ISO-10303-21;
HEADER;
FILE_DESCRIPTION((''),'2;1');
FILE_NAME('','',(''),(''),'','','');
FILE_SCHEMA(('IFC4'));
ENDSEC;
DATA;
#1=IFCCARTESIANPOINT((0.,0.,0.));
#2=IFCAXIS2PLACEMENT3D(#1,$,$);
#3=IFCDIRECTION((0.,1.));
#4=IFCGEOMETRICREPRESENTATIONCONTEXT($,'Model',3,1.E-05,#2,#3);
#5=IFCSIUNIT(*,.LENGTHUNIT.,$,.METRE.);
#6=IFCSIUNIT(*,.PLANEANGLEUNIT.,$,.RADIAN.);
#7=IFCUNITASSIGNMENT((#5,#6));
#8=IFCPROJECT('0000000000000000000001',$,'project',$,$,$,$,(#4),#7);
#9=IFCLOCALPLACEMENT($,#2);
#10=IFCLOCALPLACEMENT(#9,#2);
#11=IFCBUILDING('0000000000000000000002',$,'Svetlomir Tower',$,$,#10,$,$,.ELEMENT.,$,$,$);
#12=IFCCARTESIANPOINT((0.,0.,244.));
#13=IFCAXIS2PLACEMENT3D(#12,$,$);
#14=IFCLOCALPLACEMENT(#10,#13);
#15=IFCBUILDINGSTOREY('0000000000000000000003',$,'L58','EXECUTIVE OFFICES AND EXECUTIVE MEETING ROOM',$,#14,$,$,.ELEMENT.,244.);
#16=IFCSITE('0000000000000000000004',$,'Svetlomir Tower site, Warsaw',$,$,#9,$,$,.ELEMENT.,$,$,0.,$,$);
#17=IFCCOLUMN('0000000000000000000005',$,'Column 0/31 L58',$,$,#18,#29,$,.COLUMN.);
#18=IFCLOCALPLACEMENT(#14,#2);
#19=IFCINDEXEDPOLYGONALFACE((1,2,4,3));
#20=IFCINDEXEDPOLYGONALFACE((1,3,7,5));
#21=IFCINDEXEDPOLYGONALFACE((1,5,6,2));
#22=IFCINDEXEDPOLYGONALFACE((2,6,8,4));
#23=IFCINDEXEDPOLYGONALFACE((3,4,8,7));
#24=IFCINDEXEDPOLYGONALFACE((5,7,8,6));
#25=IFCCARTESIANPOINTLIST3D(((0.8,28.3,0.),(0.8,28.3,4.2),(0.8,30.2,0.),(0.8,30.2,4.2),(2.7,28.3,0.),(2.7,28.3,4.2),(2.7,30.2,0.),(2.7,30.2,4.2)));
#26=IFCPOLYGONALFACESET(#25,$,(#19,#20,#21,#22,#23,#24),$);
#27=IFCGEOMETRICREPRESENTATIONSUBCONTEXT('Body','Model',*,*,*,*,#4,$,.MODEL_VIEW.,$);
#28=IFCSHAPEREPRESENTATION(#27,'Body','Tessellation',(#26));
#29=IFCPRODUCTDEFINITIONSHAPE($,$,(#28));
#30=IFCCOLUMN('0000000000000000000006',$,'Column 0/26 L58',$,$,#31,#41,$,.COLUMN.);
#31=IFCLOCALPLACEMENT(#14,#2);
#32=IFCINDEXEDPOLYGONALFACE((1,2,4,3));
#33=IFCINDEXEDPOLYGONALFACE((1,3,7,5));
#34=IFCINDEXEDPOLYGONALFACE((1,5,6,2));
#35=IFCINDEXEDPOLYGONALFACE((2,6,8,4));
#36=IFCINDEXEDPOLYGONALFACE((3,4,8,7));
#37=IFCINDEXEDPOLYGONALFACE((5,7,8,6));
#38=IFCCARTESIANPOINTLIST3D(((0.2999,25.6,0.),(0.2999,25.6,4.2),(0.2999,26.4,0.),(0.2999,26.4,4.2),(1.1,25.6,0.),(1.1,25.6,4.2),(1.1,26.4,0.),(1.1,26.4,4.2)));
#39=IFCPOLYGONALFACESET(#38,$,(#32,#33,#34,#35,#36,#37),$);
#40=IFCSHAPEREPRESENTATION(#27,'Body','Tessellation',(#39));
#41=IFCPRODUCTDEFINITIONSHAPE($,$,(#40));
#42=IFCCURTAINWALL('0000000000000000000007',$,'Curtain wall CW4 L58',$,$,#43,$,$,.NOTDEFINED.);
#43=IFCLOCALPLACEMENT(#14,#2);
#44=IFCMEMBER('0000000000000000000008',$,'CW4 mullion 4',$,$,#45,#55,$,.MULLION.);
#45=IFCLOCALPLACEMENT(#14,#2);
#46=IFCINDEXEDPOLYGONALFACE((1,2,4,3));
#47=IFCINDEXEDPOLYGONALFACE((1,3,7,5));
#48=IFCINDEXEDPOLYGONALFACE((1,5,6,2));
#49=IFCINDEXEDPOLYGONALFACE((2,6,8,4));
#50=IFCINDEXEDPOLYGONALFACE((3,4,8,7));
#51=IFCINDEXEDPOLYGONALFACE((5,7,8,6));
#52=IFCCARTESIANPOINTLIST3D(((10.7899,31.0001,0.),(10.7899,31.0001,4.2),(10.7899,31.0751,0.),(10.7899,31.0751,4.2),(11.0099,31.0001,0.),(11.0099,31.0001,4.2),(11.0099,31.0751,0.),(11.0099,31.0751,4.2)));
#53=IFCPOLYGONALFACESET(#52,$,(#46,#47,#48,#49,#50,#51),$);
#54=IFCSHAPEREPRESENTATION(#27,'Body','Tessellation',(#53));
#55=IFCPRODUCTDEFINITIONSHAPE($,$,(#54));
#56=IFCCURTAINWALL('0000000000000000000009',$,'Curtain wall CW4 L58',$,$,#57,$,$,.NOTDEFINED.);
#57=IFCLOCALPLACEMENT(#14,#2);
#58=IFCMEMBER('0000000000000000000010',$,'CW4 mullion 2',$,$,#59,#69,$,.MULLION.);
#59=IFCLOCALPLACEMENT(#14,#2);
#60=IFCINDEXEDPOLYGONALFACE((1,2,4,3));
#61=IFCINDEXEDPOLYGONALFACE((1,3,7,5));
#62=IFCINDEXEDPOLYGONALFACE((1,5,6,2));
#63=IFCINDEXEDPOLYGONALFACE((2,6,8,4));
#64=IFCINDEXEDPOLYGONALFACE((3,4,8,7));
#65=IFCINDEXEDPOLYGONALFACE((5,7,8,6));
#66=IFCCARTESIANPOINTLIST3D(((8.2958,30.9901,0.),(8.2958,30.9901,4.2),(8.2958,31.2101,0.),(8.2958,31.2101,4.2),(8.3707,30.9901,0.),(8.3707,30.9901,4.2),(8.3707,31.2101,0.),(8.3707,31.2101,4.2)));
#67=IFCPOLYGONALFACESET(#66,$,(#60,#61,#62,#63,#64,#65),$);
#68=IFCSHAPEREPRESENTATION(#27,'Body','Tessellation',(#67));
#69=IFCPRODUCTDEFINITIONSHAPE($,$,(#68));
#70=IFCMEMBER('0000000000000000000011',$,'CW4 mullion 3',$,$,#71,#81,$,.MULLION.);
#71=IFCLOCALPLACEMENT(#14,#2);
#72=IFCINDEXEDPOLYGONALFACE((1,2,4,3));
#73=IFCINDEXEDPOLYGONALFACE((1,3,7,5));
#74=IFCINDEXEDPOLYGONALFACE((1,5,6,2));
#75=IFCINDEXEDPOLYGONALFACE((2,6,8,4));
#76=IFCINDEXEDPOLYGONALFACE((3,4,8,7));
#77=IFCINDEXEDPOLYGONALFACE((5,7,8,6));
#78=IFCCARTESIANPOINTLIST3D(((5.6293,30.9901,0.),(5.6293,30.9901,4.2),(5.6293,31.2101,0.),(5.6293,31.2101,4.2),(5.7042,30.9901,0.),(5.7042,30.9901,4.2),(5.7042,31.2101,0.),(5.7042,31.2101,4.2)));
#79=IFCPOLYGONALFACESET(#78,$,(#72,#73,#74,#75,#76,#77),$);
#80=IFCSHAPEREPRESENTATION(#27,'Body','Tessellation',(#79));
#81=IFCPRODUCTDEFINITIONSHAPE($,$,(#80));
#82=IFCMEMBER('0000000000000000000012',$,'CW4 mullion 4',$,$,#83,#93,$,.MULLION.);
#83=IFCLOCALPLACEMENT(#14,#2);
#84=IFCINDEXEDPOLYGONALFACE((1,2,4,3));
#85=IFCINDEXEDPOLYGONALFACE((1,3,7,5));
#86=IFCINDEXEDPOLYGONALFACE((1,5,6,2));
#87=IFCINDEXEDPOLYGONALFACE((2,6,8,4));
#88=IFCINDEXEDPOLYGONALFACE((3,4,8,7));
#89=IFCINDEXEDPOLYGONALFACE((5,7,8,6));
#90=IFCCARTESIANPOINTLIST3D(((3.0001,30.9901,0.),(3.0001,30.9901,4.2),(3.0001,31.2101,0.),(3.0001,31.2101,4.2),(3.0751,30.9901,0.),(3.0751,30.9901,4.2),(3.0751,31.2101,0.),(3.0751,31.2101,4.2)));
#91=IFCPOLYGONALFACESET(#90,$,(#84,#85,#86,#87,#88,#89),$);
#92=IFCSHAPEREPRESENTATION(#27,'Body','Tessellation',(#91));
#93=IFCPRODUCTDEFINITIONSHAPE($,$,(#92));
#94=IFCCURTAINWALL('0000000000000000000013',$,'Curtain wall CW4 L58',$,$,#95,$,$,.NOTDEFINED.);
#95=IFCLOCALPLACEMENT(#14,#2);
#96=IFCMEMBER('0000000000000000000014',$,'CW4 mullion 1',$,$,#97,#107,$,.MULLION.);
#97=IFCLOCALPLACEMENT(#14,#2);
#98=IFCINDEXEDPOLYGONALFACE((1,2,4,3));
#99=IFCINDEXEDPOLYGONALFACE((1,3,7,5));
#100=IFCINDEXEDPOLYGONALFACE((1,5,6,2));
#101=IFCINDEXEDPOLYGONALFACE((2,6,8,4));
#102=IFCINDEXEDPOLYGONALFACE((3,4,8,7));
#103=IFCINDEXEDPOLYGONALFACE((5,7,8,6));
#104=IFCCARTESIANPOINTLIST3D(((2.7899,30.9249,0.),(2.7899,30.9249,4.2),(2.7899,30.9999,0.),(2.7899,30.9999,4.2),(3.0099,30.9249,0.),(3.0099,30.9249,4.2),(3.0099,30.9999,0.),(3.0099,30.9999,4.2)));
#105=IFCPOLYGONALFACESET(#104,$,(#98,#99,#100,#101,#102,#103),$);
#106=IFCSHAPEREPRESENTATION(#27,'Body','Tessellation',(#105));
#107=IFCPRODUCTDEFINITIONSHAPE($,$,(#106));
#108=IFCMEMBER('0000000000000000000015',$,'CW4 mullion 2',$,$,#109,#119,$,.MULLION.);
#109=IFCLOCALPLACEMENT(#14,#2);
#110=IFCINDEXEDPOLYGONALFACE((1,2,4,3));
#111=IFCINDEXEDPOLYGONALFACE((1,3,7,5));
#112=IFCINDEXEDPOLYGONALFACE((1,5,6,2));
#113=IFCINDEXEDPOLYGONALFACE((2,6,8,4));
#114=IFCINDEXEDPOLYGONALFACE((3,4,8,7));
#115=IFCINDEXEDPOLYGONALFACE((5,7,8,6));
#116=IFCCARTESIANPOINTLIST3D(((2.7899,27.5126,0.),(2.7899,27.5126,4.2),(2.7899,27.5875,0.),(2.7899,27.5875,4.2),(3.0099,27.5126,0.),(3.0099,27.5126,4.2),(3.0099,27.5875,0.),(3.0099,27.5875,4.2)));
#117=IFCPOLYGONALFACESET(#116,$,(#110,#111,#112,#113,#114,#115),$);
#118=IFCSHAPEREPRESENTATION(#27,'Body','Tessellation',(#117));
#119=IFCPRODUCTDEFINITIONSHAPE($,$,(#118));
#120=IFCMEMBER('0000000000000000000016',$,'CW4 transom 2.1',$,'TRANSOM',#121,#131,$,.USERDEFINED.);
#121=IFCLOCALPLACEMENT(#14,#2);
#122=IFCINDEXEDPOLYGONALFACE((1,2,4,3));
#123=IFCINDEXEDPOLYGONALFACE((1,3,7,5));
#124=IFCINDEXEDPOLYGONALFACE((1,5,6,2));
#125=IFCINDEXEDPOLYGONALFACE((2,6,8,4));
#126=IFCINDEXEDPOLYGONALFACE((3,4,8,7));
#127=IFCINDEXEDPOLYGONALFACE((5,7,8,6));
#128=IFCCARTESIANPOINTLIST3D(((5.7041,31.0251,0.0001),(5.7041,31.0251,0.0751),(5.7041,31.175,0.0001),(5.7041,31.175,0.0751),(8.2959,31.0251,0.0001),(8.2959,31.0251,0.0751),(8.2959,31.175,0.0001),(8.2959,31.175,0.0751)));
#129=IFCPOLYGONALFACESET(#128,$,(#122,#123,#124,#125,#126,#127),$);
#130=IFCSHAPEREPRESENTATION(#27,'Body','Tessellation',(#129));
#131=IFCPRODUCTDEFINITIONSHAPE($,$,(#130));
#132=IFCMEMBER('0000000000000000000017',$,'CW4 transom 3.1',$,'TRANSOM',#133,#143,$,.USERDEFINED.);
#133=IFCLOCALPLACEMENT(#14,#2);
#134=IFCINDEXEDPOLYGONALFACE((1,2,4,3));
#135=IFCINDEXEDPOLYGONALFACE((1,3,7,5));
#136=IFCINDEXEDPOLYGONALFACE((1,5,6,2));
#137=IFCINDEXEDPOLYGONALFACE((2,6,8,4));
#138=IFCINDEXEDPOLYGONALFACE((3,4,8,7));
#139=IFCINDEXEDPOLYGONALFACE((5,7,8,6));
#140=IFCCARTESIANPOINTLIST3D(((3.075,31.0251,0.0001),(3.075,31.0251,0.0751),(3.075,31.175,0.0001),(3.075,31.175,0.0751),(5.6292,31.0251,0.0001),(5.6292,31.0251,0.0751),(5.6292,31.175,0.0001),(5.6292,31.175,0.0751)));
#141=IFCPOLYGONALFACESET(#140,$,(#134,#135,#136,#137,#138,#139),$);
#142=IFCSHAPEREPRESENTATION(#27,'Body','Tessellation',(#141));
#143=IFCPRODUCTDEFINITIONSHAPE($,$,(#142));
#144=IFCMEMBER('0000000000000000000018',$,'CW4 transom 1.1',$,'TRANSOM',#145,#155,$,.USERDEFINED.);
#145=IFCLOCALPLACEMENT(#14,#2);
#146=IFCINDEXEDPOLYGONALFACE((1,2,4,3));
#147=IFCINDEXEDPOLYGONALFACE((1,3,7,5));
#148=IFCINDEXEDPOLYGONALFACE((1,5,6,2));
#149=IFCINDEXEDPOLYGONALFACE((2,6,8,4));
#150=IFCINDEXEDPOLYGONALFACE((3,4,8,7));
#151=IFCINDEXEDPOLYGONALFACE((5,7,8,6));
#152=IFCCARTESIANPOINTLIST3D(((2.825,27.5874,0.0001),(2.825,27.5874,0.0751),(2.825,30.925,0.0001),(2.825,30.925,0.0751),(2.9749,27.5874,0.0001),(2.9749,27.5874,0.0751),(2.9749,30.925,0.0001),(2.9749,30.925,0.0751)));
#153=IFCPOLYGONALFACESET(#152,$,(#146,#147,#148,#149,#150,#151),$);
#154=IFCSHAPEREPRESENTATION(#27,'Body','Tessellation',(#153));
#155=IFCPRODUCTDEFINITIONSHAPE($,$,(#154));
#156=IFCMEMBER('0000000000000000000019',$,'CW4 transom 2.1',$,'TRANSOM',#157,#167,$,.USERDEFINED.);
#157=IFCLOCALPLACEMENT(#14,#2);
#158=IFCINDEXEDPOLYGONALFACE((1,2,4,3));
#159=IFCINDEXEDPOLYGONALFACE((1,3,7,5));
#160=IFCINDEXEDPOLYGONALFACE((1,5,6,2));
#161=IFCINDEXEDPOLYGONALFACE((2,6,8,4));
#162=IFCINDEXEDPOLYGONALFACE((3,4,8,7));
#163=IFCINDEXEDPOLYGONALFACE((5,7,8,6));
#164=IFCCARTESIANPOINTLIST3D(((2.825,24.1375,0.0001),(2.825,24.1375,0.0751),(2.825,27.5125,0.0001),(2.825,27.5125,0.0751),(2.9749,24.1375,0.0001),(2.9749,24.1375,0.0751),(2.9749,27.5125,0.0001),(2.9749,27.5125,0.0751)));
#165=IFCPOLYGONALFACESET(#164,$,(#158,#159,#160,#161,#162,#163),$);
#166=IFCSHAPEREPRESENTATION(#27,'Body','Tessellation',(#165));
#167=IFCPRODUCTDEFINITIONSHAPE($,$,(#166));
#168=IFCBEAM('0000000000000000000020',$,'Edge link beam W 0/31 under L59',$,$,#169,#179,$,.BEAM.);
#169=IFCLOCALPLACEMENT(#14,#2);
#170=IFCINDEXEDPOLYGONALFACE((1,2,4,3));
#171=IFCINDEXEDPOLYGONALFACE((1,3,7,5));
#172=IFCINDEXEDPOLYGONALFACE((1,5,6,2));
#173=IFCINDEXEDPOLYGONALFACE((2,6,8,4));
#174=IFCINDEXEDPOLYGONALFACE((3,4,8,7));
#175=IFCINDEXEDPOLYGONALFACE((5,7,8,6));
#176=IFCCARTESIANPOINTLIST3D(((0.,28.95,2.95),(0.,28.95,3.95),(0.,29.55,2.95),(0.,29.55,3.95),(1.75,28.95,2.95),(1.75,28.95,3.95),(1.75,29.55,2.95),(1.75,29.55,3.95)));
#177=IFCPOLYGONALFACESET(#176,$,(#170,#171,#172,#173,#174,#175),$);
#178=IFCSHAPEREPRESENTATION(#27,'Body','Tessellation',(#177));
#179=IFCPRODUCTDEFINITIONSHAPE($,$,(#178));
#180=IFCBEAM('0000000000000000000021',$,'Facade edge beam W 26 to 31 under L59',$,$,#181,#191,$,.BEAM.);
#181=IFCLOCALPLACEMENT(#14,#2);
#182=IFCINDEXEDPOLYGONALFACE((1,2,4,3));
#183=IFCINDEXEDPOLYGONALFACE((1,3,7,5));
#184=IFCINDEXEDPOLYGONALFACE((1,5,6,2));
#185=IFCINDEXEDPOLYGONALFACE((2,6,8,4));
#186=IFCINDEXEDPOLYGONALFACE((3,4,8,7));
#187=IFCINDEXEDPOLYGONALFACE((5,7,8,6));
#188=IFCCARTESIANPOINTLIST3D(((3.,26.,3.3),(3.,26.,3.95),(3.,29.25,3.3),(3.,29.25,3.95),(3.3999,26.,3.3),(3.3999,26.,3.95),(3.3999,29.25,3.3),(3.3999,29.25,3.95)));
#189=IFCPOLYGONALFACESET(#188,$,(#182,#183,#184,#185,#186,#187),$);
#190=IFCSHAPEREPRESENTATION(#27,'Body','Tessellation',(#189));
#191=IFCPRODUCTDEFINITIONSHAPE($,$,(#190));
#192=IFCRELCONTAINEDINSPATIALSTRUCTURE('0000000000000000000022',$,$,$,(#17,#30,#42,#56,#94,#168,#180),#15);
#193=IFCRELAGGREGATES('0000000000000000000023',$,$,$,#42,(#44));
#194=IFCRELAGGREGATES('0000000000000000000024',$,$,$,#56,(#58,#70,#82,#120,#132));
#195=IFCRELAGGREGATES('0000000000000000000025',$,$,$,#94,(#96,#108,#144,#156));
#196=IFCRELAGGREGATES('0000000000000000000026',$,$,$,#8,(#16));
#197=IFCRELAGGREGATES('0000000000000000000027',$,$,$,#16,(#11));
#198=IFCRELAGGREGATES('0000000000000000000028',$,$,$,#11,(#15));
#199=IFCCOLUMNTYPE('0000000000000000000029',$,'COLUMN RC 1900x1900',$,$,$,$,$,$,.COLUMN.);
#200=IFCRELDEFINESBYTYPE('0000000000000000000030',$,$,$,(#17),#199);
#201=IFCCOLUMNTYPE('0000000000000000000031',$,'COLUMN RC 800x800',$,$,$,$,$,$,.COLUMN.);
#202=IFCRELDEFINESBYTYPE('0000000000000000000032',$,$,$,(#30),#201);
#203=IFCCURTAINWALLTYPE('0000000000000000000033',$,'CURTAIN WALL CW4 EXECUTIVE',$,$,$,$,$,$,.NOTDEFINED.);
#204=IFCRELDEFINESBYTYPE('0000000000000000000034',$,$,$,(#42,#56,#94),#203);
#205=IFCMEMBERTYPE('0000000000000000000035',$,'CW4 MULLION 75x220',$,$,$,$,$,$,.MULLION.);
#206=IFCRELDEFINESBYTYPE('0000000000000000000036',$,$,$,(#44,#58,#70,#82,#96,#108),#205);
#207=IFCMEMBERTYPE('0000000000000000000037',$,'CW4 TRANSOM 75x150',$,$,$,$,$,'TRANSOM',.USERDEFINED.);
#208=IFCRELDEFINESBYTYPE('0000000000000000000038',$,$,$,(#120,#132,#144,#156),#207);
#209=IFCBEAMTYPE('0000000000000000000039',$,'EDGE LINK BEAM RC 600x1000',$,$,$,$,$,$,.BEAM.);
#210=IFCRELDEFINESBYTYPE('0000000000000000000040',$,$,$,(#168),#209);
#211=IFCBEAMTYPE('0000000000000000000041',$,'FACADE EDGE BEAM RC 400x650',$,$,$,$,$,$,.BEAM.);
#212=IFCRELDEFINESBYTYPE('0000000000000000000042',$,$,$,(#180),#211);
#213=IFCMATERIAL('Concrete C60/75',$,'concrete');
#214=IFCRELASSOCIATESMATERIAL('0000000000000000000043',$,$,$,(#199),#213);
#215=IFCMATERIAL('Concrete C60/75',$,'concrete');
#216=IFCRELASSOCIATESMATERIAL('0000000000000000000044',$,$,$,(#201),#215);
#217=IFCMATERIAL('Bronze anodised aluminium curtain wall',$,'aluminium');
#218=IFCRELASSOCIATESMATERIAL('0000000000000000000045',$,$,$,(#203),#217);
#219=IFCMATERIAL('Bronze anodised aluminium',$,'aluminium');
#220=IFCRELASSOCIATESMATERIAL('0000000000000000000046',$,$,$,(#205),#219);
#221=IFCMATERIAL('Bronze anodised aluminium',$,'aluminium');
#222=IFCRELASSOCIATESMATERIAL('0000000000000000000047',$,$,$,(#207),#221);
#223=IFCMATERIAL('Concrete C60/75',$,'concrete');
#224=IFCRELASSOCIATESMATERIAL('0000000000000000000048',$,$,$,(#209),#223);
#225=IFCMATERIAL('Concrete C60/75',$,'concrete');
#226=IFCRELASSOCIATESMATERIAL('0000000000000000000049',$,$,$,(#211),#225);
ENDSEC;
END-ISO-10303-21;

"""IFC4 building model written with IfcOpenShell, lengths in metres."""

from ifc_helpers import new_model, si_unit, direction, frame, origin, origin_2d, place, context, subcontext, project, spatial, rectangle, extrude, material, material_profile, profile_set, type_object, element, aggregate, save


model = new_model("IFC4")

# Units and contexts
model_context = context("Model", 3, precision=1e-05, world=origin(), true_north=direction((0.0, 1.0)))
body_context = subcontext(model_context, "Body", "Model", "MODEL_VIEW")
ifc_project = project(units=[si_unit("LENGTHUNIT", "METRE"), si_unit("PLANEANGLEUNIT", "RADIAN")], contexts=[model_context])

# Site, building, storey
site_placement = place(None, origin())
site = spatial("IfcSite", under=ifc_project, at=site_placement, Name="Svetlomir Tower site, Warsaw", CompositionType="ELEMENT", RefElevation=0.0)
building_placement = place(site_placement, origin())
building = spatial("IfcBuilding", under=site, at=building_placement, Name="Svetlomir Tower", CompositionType="ELEMENT")
storey_placement = place(building_placement, frame((0.0, 0.0, 244.0)))
storey = spatial("IfcBuildingStorey", under=building, at=storey_placement, Name="L58", Description="EXECUTIVE OFFICES AND EXECUTIVE MEETING ROOM", CompositionType="ELEMENT", Elevation=244.0)

# Columns
ifc_material_1 = material(Name="Concrete C60/75", Category="concrete")
ifc_material_profile_1 = material_profile(ifc_material_1, rectangle(XDim=1.8999, YDim=1.8999, at=origin_2d()), Name="RC 1900x1900")
ifc_profile_set_1 = profile_set([ifc_material_profile_1], Name="Concrete C60/75")
column_type_1 = type_object("IfcColumnType", Name="COLUMN RC 1900x1900", PredefinedType="COLUMN", material=ifc_profile_set_1)
column_1_placement = place(storey_placement, frame((1.75, 29.25, 0.0), z_axis=(0.0, 0.0, 1.0), x_axis=(1.0, 0.0, 0.0)))
element("IfcColumn", 1, at=column_1_placement, inside=storey, type_object=column_type_1, Name="Column 0/31 L58", PredefinedType="COLUMN", context=body_context, shape_type="SweptSolid", body=[
    extrude(rectangle(XDim=1.8999, YDim=1.8999, at=origin_2d()), origin(), (0.0, 0.0, 1.0), 4.2),
])
ifc_material_2 = material(Name="Concrete C60/75", Category="concrete")
ifc_material_profile_2 = material_profile(ifc_material_2, rectangle(XDim=0.8, YDim=0.8, at=origin_2d()), Name="RC 800x800")
ifc_profile_set_2 = profile_set([ifc_material_profile_2], Name="Concrete C60/75")
column_type_2 = type_object("IfcColumnType", Name="COLUMN RC 800x800", PredefinedType="COLUMN", material=ifc_profile_set_2)
column_2_placement = place(storey_placement, frame((0.7, 26.0, 0.0), z_axis=(0.0, 0.0, 1.0), x_axis=(1.0, 0.0, 0.0)))
element("IfcColumn", 2, at=column_2_placement, inside=storey, type_object=column_type_2, Name="Column 0/26 L58", PredefinedType="COLUMN", context=body_context, shape_type="SweptSolid", body=[
    extrude(rectangle(XDim=0.8, YDim=0.8, at=origin_2d()), origin(), (0.0, 0.0, 1.0), 4.2),
])

# Curtain wall, member
ifc_material_3 = material(Name="Bronze anodised aluminium curtain wall", Category="aluminium")
curtain_wall_type = type_object("IfcCurtainWallType", Name="CURTAIN WALL CW4 EXECUTIVE", PredefinedType="NOTDEFINED", material=ifc_material_3)
curtain_wall_1_placement = place(storey_placement, origin())
curtain_wall_1 = element("IfcCurtainWall", 3, at=curtain_wall_1_placement, inside=storey, type_object=curtain_wall_type, Name="Curtain wall CW4 L58", PredefinedType="NOTDEFINED")
ifc_material_4 = material(Name="Bronze anodised aluminium", Category="aluminium")
ifc_material_profile_3 = material_profile(ifc_material_4, rectangle(XDim=0.075, YDim=0.22, at=origin_2d()), Name="AL 75x220")
ifc_profile_set_3 = profile_set([ifc_material_profile_3], Name="Bronze anodised aluminium 6063-T6")
member_type_1 = type_object("IfcMemberType", Name="CW4 MULLION 75x220", PredefinedType="MULLION", material=ifc_profile_set_3)
member_1_placement = place(storey_placement, frame((10.8999, 31.0376, 0.0), z_axis=(0.0, 0.0, 1.0), x_axis=(0.0, -1.0, 0.0)))
member_1 = element("IfcMember", 4, at=member_1_placement, type_object=member_type_1, Name="CW4 mullion 4", PredefinedType="MULLION", context=body_context, shape_type="SweptSolid", body=[
    extrude(rectangle(XDim=0.075, YDim=0.22, at=origin_2d()), origin(), (0.0, 0.0, 1.0), 4.2),
])
aggregate(curtain_wall_1, [member_1])

# Curtain walls, members
curtain_wall_2_placement = place(storey_placement, origin())
curtain_wall_2 = element("IfcCurtainWall", 5, at=curtain_wall_2_placement, inside=storey, type_object=curtain_wall_type, Name="Curtain wall CW4 L58", PredefinedType="NOTDEFINED")
member_2_placement = place(storey_placement, frame((8.3333, 31.1001, 0.0), z_axis=(0.0, 0.0, 1.0), x_axis=(-1.0, 0.0, 0.0)))
member_2 = element("IfcMember", 6, at=member_2_placement, type_object=member_type_1, Name="CW4 mullion 2", PredefinedType="MULLION", context=body_context, shape_type="SweptSolid", body=[
    extrude(rectangle(XDim=0.075, YDim=0.22, at=origin_2d()), origin(), (0.0, 0.0, 1.0), 4.2),
])
member_3_placement = place(storey_placement, frame((5.6667, 31.1001, 0.0), z_axis=(0.0, 0.0, 1.0), x_axis=(-1.0, 0.0, 0.0)))
member_3 = element("IfcMember", 7, at=member_3_placement, type_object=member_type_1, Name="CW4 mullion 3", PredefinedType="MULLION", context=body_context, shape_type="SweptSolid", body=[
    extrude(rectangle(XDim=0.075, YDim=0.22, at=origin_2d()), origin(), (0.0, 0.0, 1.0), 4.2),
])
member_4_placement = place(storey_placement, frame((3.0376, 31.1001, 0.0), z_axis=(0.0, 0.0, 1.0), x_axis=(-1.0, 0.0, 0.0)))
member_4 = element("IfcMember", 8, at=member_4_placement, type_object=member_type_1, Name="CW4 mullion 4", PredefinedType="MULLION", context=body_context, shape_type="SweptSolid", body=[
    extrude(rectangle(XDim=0.075, YDim=0.22, at=origin_2d()), origin(), (0.0, 0.0, 1.0), 4.2),
])
curtain_wall_3_placement = place(storey_placement, origin())
curtain_wall_3 = element("IfcCurtainWall", 9, at=curtain_wall_3_placement, inside=storey, type_object=curtain_wall_type, Name="Curtain wall CW4 L58", PredefinedType="NOTDEFINED")
member_5_placement = place(storey_placement, frame((2.8999, 30.9624, 0.0), z_axis=(0.0, 0.0, 1.0), x_axis=(0.0, -1.0, 0.0)))
member_5 = element("IfcMember", 10, at=member_5_placement, type_object=member_type_1, Name="CW4 mullion 1", PredefinedType="MULLION", context=body_context, shape_type="SweptSolid", body=[
    extrude(rectangle(XDim=0.075, YDim=0.22, at=origin_2d()), origin(), (0.0, 0.0, 1.0), 4.2),
])
member_6_placement = place(storey_placement, frame((2.8999, 27.55, 0.0), z_axis=(0.0, 0.0, 1.0), x_axis=(0.0, -1.0, 0.0)))
member_6 = element("IfcMember", 11, at=member_6_placement, type_object=member_type_1, Name="CW4 mullion 2", PredefinedType="MULLION", context=body_context, shape_type="SweptSolid", body=[
    extrude(rectangle(XDim=0.075, YDim=0.22, at=origin_2d()), origin(), (0.0, 0.0, 1.0), 4.2),
])

# Members
ifc_material_5 = material(Name="Bronze anodised aluminium", Category="aluminium")
ifc_material_profile_4 = material_profile(ifc_material_5, rectangle(XDim=0.1499, YDim=0.075, at=origin_2d()), Name="AL 150x75")
ifc_profile_set_4 = profile_set([ifc_material_profile_4], Name="Bronze anodised aluminium 6063-T6")
member_type_2 = type_object("IfcMemberType", Name="CW4 TRANSOM 75x150", ElementType="TRANSOM", PredefinedType="USERDEFINED", material=ifc_profile_set_4)
member_7_placement = place(storey_placement, frame((8.2959, 31.1001, 0.0376), z_axis=(-1.0, 0.0, 0.0), x_axis=(0.0, -1.0, 0.0)))
member_7 = element("IfcMember", 12, at=member_7_placement, type_object=member_type_2, Name="CW4 transom 2.1", ObjectType="TRANSOM", PredefinedType="USERDEFINED", context=body_context, shape_type="SweptSolid", body=[
    extrude(rectangle(XDim=0.1499, YDim=0.075, at=origin_2d()), origin(), (0.0, 0.0, 1.0), 2.5918),
])
member_8_placement = place(storey_placement, frame((5.6292, 31.1001, 0.0376), z_axis=(-1.0, 0.0, 0.0), x_axis=(0.0, -1.0, 0.0)))
member_8 = element("IfcMember", 13, at=member_8_placement, type_object=member_type_2, Name="CW4 transom 3.1", ObjectType="TRANSOM", PredefinedType="USERDEFINED", context=body_context, shape_type="SweptSolid", body=[
    extrude(rectangle(XDim=0.1499, YDim=0.075, at=origin_2d()), origin(), (0.0, 0.0, 1.0), 2.5542),
])
member_9_placement = place(storey_placement, frame((2.8999, 30.925, 0.0376), z_axis=(0.0, -1.0, 0.0), x_axis=(1.0, 0.0, 0.0)))
member_9 = element("IfcMember", 14, at=member_9_placement, type_object=member_type_2, Name="CW4 transom 1.1", ObjectType="TRANSOM", PredefinedType="USERDEFINED", context=body_context, shape_type="SweptSolid", body=[
    extrude(rectangle(XDim=0.1499, YDim=0.075, at=origin_2d()), origin(), (0.0, 0.0, 1.0), 3.3376),
])
member_10_placement = place(storey_placement, frame((2.8999, 27.5125, 0.0376), z_axis=(0.0, -1.0, 0.0), x_axis=(1.0, 0.0, 0.0)))
member_10 = element("IfcMember", 15, at=member_10_placement, type_object=member_type_2, Name="CW4 transom 2.1", ObjectType="TRANSOM", PredefinedType="USERDEFINED", context=body_context, shape_type="SweptSolid", body=[
    extrude(rectangle(XDim=0.1499, YDim=0.075, at=origin_2d()), origin(), (0.0, 0.0, 1.0), 3.375),
])

# Beams
ifc_material_6 = material(Name="Concrete C60/75", Category="concrete")
ifc_material_profile_5 = material_profile(ifc_material_6, rectangle(XDim=0.6001, YDim=1.0, at=origin_2d()), Name="RC 600x1000")
ifc_profile_set_5 = profile_set([ifc_material_profile_5], Name="Concrete C60/75")
beam_type_1 = type_object("IfcBeamType", Name="EDGE LINK BEAM RC 600x1000", PredefinedType="BEAM", material=ifc_profile_set_5)
beam_1_placement = place(storey_placement, frame((1.75, 29.25, 3.45), z_axis=(-1.0, 0.0, 0.0), x_axis=(0.0, -1.0, 0.0)))
element("IfcBeam", 16, at=beam_1_placement, inside=storey, type_object=beam_type_1, Name="Edge link beam W 0/31 under L59", PredefinedType="BEAM", context=body_context, shape_type="SweptSolid", body=[
    extrude(rectangle(XDim=0.6001, YDim=1.0, at=origin_2d()), origin(), (0.0, 0.0, 1.0), 1.75),
])
ifc_material_7 = material(Name="Concrete C60/75", Category="concrete")
ifc_material_profile_6 = material_profile(ifc_material_7, rectangle(XDim=0.3999, YDim=0.6499, at=origin_2d()), Name="RC 400x650")
ifc_profile_set_6 = profile_set([ifc_material_profile_6], Name="Concrete C60/75")
beam_type_2 = type_object("IfcBeamType", Name="FACADE EDGE BEAM RC 400x650", PredefinedType="BEAM", material=ifc_profile_set_6)
beam_2_placement = place(storey_placement, frame((3.2, 26.0, 3.625), z_axis=(0.0, 1.0, 0.0), x_axis=(-1.0, 0.0, 0.0)))
element("IfcBeam", 17, at=beam_2_placement, inside=storey, type_object=beam_type_2, Name="Facade edge beam W 26 to 31 under L59", PredefinedType="BEAM", context=body_context, shape_type="SweptSolid", body=[
    extrude(rectangle(XDim=0.3999, YDim=0.6499, at=origin_2d()), origin(), (0.0, 0.0, 1.0), 3.25),
])

aggregate(curtain_wall_2, [member_2, member_3, member_4, member_7, member_8])
aggregate(curtain_wall_3, [member_5, member_6, member_9, member_10])

save(model, "model.ifc")
